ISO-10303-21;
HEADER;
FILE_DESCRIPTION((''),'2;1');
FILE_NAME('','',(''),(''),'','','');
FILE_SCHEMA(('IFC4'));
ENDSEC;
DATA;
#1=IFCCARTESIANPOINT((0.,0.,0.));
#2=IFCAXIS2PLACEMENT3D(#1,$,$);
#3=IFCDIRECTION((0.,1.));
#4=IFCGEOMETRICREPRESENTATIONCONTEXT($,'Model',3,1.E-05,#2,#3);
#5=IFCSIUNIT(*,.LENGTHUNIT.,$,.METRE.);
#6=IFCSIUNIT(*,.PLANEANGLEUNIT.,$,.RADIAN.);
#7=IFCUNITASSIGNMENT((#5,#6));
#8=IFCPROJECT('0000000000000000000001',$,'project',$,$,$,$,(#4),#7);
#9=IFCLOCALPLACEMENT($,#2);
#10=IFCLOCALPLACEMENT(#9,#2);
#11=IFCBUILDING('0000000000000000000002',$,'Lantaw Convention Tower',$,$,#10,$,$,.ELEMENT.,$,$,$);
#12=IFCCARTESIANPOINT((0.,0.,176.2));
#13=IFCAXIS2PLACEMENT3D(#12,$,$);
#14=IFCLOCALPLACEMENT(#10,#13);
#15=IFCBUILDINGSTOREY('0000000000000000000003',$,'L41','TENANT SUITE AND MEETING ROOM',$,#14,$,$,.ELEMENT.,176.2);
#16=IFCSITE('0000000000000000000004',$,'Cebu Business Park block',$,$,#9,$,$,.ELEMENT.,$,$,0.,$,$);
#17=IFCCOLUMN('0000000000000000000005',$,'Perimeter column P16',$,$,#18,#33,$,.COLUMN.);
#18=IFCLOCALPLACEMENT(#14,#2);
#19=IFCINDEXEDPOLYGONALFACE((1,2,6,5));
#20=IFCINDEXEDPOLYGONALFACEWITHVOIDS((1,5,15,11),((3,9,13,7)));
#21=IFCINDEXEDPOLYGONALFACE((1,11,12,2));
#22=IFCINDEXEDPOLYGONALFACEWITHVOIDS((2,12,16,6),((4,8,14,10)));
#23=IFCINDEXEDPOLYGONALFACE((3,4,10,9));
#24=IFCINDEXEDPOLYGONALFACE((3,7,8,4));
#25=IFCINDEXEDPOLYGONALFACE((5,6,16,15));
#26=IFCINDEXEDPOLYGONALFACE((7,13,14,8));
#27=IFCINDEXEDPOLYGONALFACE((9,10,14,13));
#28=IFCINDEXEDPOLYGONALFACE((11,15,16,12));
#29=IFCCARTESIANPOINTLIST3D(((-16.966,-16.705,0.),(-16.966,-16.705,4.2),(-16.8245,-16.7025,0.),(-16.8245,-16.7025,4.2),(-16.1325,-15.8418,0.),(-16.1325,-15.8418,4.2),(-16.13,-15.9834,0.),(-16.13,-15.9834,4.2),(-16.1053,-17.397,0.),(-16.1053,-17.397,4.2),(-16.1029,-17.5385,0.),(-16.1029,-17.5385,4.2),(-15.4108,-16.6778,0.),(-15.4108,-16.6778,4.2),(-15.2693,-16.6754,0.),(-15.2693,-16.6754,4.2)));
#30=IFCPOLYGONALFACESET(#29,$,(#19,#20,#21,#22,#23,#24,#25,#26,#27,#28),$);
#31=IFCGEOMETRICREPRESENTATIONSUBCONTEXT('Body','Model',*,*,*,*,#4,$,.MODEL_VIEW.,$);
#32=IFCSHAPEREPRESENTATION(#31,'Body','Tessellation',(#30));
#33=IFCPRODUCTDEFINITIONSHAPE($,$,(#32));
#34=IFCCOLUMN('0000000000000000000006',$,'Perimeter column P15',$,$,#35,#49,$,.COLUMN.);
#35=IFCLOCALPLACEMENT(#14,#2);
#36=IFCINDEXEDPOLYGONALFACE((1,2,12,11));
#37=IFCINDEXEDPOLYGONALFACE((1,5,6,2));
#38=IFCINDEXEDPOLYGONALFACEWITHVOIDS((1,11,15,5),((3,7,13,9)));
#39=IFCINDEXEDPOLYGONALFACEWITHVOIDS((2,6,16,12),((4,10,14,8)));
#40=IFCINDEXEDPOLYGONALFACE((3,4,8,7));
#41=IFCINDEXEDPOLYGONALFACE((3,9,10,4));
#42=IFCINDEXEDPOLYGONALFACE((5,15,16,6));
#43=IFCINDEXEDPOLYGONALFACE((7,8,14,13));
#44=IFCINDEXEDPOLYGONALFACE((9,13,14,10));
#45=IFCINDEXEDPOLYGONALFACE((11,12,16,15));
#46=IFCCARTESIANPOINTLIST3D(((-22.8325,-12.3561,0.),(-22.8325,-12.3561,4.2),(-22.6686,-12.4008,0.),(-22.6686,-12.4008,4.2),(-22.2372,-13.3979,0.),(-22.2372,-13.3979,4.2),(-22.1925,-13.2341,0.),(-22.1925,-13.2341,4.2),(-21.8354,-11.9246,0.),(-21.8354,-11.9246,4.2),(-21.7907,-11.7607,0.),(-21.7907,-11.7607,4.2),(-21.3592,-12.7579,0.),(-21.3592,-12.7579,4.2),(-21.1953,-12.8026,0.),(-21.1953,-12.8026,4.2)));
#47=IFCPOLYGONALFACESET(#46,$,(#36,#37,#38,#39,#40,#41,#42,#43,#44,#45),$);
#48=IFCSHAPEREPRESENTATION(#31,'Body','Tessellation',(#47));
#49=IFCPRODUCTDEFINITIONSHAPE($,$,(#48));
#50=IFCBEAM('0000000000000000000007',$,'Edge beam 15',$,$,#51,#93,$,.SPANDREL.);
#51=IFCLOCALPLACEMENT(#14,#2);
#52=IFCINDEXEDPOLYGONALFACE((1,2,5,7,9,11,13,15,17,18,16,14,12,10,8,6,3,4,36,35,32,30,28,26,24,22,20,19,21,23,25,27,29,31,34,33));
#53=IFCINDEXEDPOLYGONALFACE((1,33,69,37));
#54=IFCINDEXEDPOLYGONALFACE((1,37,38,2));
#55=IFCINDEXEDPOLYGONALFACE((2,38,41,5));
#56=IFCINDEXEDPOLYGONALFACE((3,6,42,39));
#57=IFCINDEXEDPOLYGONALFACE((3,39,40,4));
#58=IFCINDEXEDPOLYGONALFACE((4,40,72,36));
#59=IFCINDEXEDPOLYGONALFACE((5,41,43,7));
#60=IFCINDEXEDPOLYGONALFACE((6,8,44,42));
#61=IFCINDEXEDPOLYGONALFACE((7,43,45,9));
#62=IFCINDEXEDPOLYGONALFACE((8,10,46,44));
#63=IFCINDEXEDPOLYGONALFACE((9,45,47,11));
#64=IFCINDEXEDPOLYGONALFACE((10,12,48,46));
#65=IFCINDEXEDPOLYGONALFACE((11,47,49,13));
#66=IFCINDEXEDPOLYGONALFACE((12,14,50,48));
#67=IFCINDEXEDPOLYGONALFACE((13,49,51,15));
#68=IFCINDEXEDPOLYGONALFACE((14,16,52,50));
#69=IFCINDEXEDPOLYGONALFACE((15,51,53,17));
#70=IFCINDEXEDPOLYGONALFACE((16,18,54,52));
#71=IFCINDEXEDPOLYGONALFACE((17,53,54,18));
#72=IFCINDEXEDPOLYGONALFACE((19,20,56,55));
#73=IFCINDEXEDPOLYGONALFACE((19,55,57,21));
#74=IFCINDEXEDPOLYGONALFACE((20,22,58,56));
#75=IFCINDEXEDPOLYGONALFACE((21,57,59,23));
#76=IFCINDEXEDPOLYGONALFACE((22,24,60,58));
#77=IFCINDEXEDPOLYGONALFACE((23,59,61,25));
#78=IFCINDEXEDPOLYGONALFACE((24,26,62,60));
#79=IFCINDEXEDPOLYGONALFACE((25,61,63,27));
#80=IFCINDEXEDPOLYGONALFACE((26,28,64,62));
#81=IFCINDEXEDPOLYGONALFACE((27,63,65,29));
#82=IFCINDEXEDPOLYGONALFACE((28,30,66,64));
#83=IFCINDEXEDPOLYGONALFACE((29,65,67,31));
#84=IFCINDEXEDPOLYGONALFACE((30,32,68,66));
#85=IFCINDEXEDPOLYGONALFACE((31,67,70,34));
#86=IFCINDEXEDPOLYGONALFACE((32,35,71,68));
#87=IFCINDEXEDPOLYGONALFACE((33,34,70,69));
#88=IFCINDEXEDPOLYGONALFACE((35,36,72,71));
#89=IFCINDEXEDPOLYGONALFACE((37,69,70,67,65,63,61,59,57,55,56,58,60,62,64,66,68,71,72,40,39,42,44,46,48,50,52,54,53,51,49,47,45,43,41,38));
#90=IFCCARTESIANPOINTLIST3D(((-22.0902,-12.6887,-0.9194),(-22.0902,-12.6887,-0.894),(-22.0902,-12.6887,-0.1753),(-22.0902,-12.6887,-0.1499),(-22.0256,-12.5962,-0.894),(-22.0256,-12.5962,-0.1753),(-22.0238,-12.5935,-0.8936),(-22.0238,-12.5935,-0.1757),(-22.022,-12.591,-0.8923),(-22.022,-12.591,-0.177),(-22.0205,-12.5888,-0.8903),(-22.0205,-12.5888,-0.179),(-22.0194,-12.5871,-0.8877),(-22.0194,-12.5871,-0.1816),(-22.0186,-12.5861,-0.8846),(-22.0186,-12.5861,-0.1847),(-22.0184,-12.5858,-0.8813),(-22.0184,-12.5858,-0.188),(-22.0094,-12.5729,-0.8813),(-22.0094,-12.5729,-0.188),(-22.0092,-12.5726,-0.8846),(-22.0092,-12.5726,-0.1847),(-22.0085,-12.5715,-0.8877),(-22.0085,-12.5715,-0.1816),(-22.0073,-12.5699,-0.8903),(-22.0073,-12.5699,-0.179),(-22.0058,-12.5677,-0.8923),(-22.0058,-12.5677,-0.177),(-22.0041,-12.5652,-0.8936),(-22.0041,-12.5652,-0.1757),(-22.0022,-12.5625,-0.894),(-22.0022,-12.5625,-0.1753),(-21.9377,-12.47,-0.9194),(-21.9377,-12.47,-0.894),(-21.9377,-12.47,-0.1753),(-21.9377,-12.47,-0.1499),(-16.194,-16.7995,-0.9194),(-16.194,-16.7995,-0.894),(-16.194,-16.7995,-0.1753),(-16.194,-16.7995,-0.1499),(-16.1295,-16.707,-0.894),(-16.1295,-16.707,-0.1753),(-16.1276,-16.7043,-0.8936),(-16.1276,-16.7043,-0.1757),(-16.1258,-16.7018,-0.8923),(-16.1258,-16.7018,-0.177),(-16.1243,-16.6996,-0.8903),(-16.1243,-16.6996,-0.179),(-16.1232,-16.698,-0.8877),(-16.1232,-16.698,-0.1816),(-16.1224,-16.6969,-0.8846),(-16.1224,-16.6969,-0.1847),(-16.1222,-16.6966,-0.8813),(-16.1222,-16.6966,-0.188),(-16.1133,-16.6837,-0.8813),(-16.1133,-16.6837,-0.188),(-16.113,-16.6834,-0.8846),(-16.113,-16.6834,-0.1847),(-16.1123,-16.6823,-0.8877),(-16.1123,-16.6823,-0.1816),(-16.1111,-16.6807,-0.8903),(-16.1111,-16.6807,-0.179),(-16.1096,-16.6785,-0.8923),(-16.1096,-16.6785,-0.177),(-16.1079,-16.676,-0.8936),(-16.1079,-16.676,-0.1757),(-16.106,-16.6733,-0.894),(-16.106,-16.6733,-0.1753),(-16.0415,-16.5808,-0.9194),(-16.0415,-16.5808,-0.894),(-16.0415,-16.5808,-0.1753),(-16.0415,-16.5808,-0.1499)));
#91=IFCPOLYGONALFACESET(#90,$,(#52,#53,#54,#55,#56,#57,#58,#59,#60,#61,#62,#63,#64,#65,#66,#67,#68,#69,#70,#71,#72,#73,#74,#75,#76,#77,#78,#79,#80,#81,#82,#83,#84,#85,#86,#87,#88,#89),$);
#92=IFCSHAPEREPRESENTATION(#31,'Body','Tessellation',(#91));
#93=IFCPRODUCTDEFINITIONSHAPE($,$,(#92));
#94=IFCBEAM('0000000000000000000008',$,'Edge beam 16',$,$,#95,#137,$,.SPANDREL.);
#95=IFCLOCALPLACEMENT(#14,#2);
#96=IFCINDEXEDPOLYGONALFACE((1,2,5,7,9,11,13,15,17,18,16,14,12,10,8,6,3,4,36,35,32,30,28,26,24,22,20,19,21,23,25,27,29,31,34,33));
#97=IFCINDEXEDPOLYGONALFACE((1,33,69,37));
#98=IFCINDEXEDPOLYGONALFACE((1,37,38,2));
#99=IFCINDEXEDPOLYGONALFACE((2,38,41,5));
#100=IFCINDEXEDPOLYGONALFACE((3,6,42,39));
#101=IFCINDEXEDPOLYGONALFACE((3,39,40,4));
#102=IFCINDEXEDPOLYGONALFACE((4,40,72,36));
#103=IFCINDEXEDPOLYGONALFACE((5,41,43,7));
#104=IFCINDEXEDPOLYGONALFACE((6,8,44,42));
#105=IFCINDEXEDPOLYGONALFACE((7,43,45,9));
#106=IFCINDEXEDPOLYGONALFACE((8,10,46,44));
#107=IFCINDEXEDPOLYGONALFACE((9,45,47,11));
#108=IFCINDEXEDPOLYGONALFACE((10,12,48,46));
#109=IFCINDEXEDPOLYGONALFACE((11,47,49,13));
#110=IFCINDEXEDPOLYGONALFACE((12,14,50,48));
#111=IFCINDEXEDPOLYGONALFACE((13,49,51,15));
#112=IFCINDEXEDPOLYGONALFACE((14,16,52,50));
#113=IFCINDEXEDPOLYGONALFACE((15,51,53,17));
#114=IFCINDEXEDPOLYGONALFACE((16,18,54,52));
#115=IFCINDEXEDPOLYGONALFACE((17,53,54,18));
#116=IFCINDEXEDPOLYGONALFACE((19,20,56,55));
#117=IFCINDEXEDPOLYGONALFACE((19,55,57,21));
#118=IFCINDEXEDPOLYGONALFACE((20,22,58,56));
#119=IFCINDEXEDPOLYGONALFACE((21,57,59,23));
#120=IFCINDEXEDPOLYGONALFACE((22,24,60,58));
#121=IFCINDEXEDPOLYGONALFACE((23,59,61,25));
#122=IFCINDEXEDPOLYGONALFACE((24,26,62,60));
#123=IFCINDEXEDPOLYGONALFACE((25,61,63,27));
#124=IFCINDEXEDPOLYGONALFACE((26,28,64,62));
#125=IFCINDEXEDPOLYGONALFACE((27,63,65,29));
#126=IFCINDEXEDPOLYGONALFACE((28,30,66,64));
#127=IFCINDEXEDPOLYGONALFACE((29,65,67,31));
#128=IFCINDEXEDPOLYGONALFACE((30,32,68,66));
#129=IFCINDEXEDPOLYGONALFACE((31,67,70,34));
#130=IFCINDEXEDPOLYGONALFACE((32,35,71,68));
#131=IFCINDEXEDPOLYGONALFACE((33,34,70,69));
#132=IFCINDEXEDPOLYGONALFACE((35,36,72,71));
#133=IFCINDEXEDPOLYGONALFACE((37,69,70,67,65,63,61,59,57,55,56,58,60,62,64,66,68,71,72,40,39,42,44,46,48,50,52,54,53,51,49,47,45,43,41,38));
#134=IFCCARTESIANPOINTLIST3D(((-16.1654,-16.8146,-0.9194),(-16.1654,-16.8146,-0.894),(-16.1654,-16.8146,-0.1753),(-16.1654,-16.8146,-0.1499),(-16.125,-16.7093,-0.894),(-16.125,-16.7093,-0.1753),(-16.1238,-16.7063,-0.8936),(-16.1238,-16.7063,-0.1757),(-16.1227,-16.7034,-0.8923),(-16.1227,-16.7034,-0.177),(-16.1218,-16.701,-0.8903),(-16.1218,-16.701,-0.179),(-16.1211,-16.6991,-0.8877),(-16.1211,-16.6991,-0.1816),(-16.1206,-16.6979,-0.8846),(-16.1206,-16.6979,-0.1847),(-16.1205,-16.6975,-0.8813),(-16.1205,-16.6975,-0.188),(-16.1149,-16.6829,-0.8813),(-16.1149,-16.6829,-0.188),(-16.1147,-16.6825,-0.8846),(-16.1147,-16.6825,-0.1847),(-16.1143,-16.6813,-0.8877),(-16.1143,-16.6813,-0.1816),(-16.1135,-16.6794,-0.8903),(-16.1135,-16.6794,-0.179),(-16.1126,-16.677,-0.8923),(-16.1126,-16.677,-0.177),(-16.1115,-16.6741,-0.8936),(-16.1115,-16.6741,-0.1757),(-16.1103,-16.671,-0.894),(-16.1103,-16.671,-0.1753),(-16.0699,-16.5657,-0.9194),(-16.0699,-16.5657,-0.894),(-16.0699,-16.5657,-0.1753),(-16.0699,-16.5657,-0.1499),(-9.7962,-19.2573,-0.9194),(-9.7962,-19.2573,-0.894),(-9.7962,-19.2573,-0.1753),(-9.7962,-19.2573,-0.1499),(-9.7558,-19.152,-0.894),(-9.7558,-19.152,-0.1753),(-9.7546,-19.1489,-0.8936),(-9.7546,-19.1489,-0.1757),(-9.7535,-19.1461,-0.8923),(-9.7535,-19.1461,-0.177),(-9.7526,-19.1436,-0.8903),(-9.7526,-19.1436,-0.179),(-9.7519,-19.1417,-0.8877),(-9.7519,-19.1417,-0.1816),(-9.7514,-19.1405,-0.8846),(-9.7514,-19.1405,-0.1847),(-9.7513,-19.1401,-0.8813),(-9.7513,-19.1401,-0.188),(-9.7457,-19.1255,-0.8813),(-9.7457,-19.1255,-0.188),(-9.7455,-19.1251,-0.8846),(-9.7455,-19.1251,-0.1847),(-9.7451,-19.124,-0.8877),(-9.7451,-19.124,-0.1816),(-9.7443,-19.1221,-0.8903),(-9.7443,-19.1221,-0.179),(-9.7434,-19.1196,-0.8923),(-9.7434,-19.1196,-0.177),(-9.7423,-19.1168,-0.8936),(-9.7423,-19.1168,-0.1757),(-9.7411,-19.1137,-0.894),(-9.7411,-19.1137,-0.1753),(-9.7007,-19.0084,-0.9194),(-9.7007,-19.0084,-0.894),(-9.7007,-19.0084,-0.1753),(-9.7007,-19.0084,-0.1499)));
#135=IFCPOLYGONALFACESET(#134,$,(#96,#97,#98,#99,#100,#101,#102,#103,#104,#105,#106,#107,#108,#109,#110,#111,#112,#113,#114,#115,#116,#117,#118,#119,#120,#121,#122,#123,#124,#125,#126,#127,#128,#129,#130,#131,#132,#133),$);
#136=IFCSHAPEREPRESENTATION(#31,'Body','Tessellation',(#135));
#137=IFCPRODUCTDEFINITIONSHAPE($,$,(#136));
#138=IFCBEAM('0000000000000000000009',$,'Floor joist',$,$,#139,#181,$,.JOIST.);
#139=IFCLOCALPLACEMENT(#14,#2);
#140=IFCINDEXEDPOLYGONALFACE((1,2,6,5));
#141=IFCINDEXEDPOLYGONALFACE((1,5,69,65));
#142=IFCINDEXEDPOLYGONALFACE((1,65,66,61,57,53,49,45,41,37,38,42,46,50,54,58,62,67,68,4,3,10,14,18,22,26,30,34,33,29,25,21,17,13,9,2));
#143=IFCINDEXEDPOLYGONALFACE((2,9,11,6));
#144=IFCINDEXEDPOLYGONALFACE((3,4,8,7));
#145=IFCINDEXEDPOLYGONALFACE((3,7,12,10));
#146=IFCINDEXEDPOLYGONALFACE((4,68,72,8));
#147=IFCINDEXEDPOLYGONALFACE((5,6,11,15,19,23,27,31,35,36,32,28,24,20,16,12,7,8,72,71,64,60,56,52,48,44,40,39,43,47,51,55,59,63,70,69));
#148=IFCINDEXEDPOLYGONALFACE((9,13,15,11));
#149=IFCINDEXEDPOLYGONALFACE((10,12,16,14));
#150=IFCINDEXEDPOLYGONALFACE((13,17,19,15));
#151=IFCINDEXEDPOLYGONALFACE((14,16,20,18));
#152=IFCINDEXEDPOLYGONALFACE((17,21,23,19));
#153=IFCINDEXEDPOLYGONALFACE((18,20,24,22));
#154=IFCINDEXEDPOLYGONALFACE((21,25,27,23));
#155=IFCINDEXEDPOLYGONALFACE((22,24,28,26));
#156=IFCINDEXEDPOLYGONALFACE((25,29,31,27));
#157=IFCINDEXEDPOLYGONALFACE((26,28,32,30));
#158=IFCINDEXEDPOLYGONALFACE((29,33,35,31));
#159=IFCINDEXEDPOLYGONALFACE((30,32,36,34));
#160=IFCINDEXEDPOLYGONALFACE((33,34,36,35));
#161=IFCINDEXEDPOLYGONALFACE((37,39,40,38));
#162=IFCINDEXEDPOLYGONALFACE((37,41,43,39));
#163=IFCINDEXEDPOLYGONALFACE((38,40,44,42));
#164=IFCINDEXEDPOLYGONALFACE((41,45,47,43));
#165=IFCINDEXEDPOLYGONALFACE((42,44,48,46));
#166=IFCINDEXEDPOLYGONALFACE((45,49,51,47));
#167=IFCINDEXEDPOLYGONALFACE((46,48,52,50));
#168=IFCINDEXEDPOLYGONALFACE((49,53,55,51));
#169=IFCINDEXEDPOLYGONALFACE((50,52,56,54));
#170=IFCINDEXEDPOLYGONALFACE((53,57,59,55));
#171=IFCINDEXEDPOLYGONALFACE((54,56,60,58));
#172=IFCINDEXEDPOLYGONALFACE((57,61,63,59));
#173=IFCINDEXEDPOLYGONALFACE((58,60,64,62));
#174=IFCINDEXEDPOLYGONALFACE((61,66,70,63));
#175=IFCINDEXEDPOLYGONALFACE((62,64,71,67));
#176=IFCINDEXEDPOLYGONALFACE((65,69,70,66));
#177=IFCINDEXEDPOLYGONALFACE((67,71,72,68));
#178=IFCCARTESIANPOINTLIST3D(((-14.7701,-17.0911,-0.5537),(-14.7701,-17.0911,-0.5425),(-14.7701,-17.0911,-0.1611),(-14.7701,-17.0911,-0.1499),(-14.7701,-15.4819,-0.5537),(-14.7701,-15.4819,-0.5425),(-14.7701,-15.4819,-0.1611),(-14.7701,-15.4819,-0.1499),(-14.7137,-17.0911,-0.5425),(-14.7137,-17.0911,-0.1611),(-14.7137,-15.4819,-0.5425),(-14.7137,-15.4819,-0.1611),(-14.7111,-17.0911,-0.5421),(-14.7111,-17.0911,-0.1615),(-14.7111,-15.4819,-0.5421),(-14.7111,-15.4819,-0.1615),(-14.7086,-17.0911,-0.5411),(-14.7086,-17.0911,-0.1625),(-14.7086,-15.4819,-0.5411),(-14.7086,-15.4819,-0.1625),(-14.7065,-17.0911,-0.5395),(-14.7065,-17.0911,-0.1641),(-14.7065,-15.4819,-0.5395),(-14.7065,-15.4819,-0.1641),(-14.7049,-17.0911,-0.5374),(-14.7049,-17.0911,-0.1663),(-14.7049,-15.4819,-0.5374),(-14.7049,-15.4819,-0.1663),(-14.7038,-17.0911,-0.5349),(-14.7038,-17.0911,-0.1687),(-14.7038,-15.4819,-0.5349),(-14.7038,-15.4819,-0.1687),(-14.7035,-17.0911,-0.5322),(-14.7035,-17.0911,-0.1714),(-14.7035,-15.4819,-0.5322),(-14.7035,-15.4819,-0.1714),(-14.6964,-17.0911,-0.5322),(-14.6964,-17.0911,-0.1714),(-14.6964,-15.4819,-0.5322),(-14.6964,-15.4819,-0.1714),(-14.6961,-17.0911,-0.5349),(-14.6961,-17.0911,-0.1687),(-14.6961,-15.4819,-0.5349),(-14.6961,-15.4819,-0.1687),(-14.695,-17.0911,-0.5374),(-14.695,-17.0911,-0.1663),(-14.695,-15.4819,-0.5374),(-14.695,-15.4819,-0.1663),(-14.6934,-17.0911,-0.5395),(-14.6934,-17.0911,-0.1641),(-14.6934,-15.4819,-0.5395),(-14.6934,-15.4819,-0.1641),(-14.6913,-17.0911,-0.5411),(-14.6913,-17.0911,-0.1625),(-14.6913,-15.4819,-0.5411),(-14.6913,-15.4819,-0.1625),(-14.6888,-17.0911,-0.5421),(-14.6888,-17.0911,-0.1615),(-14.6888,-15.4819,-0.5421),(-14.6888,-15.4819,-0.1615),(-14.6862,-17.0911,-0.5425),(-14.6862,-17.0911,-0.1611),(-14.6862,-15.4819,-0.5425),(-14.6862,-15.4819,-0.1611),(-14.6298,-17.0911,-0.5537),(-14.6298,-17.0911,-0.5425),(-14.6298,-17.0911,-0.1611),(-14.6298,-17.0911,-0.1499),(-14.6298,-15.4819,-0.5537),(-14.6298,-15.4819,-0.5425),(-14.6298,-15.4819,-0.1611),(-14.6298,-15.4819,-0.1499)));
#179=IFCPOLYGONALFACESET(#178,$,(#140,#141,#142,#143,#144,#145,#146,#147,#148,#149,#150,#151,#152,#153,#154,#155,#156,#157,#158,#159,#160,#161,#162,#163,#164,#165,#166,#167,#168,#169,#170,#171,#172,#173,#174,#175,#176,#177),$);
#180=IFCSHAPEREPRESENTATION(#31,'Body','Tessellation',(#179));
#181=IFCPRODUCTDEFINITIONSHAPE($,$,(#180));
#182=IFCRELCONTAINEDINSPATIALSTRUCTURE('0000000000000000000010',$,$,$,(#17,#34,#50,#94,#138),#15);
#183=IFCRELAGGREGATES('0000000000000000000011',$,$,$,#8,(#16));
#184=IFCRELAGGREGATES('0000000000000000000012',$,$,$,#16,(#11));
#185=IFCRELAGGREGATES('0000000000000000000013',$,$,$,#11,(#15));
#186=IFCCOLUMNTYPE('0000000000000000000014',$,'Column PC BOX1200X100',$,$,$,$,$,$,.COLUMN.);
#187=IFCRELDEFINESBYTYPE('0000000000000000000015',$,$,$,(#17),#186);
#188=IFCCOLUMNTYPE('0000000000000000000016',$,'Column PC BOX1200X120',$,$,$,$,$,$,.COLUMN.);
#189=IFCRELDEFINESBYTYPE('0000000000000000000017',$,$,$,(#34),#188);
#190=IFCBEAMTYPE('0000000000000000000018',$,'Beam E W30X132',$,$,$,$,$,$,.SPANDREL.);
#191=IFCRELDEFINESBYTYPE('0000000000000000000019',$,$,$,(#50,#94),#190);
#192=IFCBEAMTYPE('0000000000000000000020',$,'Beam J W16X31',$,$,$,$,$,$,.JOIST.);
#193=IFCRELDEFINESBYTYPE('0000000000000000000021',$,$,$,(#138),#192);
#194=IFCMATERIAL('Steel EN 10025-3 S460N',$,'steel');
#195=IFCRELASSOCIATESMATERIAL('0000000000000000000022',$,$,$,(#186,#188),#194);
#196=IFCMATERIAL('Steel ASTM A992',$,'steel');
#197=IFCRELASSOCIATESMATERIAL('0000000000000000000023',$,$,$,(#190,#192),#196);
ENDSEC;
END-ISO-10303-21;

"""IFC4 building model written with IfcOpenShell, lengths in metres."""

from ifc_helpers import new_model, si_unit, direction, frame, origin, origin_2d, place, context, subcontext, project, spatial, rectangle, hollow_rectangle, i_section, extrude, material, material_profile, profile_set, type_object, element, save


model = new_model("IFC4")

# Units and contexts
model_context = context("Model", 3, precision=1e-05, world=origin(), true_north=direction((0.0, 1.0)))
body_context = subcontext(model_context, "Body", "Model", "MODEL_VIEW")
ifc_project = project(units=[si_unit("LENGTHUNIT", "METRE"), si_unit("PLANEANGLEUNIT", "RADIAN")], contexts=[model_context])

# Site, building, storey
site_placement = place(None, origin())
site = spatial("IfcSite", under=ifc_project, at=site_placement, Name="Cebu Business Park block", CompositionType="ELEMENT", RefElevation=0.0)
building_placement = place(site_placement, origin())
building = spatial("IfcBuilding", under=site, at=building_placement, Name="Lantaw Convention Tower", CompositionType="ELEMENT")
storey_placement = place(building_placement, frame((0.0, 0.0, 176.2)))
storey = spatial("IfcBuildingStorey", under=building, at=storey_placement, Name="L41", Description="TENANT SUITE AND MEETING ROOM", CompositionType="ELEMENT", Elevation=176.2)

# Columns
ifc_material_1 = material(Name="Steel EN 10025-3 S460N", Category="steel")
ifc_material_profile_1 = material_profile(ifc_material_1, hollow_rectangle(XDim=1.2, YDim=1.2, WallThickness=0.1001, at=origin_2d()), Name="BOX1200X100")
ifc_material_2 = material(Name="Concrete C60/75", Category="concrete")
ifc_material_profile_2 = material_profile(ifc_material_2, rectangle(XDim=1.0, YDim=1.0, at=origin_2d()), Name="Concrete fill of BOX1200X100")
ifc_profile_set_1 = profile_set([ifc_material_profile_1, ifc_material_profile_2], Name="Steel EN 10025-3 S460N")
column_type_1 = type_object("IfcColumnType", Name="Column PC BOX1200X100", PredefinedType="COLUMN", material=ifc_profile_set_1)
column_1_placement = place(storey_placement, frame((-16.1177, -16.6902, 0.0), z_axis=(0.0, 0.0, 1.0), x_axis=(0.694658, 0.71934, 0.0)))
element("IfcColumn", 1, at=column_1_placement, inside=storey, type_object=column_type_1, Name="Perimeter column P16", PredefinedType="COLUMN", context=body_context, shape_type="SweptSolid", body=[
    extrude(hollow_rectangle(XDim=1.2, YDim=1.2, WallThickness=0.1001, at=origin_2d()), origin(), (0.0, 0.0, 1.0), 4.2),
])
ifc_material_profile_3 = material_profile(ifc_material_1, hollow_rectangle(XDim=1.2, YDim=1.2, WallThickness=0.1201, at=origin_2d()), Name="BOX1200X120")
ifc_material_profile_4 = material_profile(ifc_material_2, rectangle(XDim=0.96, YDim=0.96, at=origin_2d()), Name="Concrete fill of BOX1200X120")
ifc_profile_set_2 = profile_set([ifc_material_profile_3, ifc_material_profile_4], Name="Steel EN 10025-3 S460N")
column_type_2 = type_object("IfcColumnType", Name="Column PC BOX1200X120", PredefinedType="COLUMN", material=ifc_profile_set_2)
column_2_placement = place(storey_placement, frame((-22.0139, -12.5793, 0.0), z_axis=(0.0, 0.0, 1.0), x_axis=(0.868243, 0.496139, 0.0)))
element("IfcColumn", 2, at=column_2_placement, inside=storey, type_object=column_type_2, Name="Perimeter column P15", PredefinedType="COLUMN", context=body_context, shape_type="SweptSolid", body=[
    extrude(hollow_rectangle(XDim=1.2, YDim=1.2, WallThickness=0.1201, at=origin_2d()), origin(), (0.0, 0.0, 1.0), 4.2),
])

# Beams
ifc_material_3 = material(Name="Steel ASTM A992", Category="steel")
ifc_material_profile_5 = material_profile(ifc_material_3, i_section(OverallWidth=0.2666, OverallDepth=0.7695, WebThickness=0.0156, FlangeThickness=0.0254, FilletRadius=0.0127, at=origin_2d()), Name="W30X132")
ifc_profile_set_3 = profile_set([ifc_material_profile_5], Name="Steel ASTM A992")
beam_type_1 = type_object("IfcBeamType", Name="Beam E W30X132", PredefinedType="SPANDREL", material=ifc_profile_set_3)
beam_1_placement = place(storey_placement, frame((-22.0139, -12.5793, -0.5347), z_axis=(0.820311, -0.571918, 0.0), x_axis=(0.571918, 0.820311, 0.0)))
element("IfcBeam", 3, at=beam_1_placement, inside=storey, type_object=beam_type_1, Name="Edge beam 15", PredefinedType="SPANDREL", context=body_context, shape_type="SweptSolid", body=[
    extrude(i_section(OverallWidth=0.2666, OverallDepth=0.7695, WebThickness=0.0156, FlangeThickness=0.0254, FilletRadius=0.0127, at=origin_2d()), origin(), (0.0, 0.0, 1.0), 7.1877),
])
beam_2_placement = place(storey_placement, frame((-16.1177, -16.6902, -0.5347), z_axis=(0.933691, -0.35808, 0.0), x_axis=(0.35808, 0.933691, 0.0)))
element("IfcBeam", 4, at=beam_2_placement, inside=storey, type_object=beam_type_1, Name="Edge beam 16", PredefinedType="SPANDREL", context=body_context, shape_type="SweptSolid", body=[
    extrude(i_section(OverallWidth=0.2666, OverallDepth=0.7695, WebThickness=0.0156, FlangeThickness=0.0254, FilletRadius=0.0127, at=origin_2d()), origin(), (0.0, 0.0, 1.0), 6.8215),
])
ifc_material_profile_6 = material_profile(ifc_material_3, i_section(OverallWidth=0.1404, OverallDepth=0.4038, WebThickness=0.0071, FlangeThickness=0.0112, FilletRadius=0.0103, at=origin_2d()), Name="W16X31")
ifc_profile_set_4 = profile_set([ifc_material_profile_6], Name="Steel ASTM A992")
beam_type_2 = type_object("IfcBeamType", Name="Beam J W16X31", PredefinedType="JOIST", material=ifc_profile_set_4)
beam_3_placement = place(storey_placement, frame((-14.7, -17.0911, -0.3518), z_axis=(0.0, 1.0, 0.0), x_axis=(-1.0, 0.0, 0.0)))
element("IfcBeam", 5, at=beam_3_placement, inside=storey, type_object=beam_type_2, Name="Floor joist", PredefinedType="JOIST", context=body_context, shape_type="SweptSolid", body=[
    extrude(i_section(OverallWidth=0.1404, OverallDepth=0.4038, WebThickness=0.0071, FlangeThickness=0.0112, FilletRadius=0.0103, at=origin_2d()), origin(), (0.0, 0.0, 1.0), 1.6091),
])

save(model, "model.ifc")
